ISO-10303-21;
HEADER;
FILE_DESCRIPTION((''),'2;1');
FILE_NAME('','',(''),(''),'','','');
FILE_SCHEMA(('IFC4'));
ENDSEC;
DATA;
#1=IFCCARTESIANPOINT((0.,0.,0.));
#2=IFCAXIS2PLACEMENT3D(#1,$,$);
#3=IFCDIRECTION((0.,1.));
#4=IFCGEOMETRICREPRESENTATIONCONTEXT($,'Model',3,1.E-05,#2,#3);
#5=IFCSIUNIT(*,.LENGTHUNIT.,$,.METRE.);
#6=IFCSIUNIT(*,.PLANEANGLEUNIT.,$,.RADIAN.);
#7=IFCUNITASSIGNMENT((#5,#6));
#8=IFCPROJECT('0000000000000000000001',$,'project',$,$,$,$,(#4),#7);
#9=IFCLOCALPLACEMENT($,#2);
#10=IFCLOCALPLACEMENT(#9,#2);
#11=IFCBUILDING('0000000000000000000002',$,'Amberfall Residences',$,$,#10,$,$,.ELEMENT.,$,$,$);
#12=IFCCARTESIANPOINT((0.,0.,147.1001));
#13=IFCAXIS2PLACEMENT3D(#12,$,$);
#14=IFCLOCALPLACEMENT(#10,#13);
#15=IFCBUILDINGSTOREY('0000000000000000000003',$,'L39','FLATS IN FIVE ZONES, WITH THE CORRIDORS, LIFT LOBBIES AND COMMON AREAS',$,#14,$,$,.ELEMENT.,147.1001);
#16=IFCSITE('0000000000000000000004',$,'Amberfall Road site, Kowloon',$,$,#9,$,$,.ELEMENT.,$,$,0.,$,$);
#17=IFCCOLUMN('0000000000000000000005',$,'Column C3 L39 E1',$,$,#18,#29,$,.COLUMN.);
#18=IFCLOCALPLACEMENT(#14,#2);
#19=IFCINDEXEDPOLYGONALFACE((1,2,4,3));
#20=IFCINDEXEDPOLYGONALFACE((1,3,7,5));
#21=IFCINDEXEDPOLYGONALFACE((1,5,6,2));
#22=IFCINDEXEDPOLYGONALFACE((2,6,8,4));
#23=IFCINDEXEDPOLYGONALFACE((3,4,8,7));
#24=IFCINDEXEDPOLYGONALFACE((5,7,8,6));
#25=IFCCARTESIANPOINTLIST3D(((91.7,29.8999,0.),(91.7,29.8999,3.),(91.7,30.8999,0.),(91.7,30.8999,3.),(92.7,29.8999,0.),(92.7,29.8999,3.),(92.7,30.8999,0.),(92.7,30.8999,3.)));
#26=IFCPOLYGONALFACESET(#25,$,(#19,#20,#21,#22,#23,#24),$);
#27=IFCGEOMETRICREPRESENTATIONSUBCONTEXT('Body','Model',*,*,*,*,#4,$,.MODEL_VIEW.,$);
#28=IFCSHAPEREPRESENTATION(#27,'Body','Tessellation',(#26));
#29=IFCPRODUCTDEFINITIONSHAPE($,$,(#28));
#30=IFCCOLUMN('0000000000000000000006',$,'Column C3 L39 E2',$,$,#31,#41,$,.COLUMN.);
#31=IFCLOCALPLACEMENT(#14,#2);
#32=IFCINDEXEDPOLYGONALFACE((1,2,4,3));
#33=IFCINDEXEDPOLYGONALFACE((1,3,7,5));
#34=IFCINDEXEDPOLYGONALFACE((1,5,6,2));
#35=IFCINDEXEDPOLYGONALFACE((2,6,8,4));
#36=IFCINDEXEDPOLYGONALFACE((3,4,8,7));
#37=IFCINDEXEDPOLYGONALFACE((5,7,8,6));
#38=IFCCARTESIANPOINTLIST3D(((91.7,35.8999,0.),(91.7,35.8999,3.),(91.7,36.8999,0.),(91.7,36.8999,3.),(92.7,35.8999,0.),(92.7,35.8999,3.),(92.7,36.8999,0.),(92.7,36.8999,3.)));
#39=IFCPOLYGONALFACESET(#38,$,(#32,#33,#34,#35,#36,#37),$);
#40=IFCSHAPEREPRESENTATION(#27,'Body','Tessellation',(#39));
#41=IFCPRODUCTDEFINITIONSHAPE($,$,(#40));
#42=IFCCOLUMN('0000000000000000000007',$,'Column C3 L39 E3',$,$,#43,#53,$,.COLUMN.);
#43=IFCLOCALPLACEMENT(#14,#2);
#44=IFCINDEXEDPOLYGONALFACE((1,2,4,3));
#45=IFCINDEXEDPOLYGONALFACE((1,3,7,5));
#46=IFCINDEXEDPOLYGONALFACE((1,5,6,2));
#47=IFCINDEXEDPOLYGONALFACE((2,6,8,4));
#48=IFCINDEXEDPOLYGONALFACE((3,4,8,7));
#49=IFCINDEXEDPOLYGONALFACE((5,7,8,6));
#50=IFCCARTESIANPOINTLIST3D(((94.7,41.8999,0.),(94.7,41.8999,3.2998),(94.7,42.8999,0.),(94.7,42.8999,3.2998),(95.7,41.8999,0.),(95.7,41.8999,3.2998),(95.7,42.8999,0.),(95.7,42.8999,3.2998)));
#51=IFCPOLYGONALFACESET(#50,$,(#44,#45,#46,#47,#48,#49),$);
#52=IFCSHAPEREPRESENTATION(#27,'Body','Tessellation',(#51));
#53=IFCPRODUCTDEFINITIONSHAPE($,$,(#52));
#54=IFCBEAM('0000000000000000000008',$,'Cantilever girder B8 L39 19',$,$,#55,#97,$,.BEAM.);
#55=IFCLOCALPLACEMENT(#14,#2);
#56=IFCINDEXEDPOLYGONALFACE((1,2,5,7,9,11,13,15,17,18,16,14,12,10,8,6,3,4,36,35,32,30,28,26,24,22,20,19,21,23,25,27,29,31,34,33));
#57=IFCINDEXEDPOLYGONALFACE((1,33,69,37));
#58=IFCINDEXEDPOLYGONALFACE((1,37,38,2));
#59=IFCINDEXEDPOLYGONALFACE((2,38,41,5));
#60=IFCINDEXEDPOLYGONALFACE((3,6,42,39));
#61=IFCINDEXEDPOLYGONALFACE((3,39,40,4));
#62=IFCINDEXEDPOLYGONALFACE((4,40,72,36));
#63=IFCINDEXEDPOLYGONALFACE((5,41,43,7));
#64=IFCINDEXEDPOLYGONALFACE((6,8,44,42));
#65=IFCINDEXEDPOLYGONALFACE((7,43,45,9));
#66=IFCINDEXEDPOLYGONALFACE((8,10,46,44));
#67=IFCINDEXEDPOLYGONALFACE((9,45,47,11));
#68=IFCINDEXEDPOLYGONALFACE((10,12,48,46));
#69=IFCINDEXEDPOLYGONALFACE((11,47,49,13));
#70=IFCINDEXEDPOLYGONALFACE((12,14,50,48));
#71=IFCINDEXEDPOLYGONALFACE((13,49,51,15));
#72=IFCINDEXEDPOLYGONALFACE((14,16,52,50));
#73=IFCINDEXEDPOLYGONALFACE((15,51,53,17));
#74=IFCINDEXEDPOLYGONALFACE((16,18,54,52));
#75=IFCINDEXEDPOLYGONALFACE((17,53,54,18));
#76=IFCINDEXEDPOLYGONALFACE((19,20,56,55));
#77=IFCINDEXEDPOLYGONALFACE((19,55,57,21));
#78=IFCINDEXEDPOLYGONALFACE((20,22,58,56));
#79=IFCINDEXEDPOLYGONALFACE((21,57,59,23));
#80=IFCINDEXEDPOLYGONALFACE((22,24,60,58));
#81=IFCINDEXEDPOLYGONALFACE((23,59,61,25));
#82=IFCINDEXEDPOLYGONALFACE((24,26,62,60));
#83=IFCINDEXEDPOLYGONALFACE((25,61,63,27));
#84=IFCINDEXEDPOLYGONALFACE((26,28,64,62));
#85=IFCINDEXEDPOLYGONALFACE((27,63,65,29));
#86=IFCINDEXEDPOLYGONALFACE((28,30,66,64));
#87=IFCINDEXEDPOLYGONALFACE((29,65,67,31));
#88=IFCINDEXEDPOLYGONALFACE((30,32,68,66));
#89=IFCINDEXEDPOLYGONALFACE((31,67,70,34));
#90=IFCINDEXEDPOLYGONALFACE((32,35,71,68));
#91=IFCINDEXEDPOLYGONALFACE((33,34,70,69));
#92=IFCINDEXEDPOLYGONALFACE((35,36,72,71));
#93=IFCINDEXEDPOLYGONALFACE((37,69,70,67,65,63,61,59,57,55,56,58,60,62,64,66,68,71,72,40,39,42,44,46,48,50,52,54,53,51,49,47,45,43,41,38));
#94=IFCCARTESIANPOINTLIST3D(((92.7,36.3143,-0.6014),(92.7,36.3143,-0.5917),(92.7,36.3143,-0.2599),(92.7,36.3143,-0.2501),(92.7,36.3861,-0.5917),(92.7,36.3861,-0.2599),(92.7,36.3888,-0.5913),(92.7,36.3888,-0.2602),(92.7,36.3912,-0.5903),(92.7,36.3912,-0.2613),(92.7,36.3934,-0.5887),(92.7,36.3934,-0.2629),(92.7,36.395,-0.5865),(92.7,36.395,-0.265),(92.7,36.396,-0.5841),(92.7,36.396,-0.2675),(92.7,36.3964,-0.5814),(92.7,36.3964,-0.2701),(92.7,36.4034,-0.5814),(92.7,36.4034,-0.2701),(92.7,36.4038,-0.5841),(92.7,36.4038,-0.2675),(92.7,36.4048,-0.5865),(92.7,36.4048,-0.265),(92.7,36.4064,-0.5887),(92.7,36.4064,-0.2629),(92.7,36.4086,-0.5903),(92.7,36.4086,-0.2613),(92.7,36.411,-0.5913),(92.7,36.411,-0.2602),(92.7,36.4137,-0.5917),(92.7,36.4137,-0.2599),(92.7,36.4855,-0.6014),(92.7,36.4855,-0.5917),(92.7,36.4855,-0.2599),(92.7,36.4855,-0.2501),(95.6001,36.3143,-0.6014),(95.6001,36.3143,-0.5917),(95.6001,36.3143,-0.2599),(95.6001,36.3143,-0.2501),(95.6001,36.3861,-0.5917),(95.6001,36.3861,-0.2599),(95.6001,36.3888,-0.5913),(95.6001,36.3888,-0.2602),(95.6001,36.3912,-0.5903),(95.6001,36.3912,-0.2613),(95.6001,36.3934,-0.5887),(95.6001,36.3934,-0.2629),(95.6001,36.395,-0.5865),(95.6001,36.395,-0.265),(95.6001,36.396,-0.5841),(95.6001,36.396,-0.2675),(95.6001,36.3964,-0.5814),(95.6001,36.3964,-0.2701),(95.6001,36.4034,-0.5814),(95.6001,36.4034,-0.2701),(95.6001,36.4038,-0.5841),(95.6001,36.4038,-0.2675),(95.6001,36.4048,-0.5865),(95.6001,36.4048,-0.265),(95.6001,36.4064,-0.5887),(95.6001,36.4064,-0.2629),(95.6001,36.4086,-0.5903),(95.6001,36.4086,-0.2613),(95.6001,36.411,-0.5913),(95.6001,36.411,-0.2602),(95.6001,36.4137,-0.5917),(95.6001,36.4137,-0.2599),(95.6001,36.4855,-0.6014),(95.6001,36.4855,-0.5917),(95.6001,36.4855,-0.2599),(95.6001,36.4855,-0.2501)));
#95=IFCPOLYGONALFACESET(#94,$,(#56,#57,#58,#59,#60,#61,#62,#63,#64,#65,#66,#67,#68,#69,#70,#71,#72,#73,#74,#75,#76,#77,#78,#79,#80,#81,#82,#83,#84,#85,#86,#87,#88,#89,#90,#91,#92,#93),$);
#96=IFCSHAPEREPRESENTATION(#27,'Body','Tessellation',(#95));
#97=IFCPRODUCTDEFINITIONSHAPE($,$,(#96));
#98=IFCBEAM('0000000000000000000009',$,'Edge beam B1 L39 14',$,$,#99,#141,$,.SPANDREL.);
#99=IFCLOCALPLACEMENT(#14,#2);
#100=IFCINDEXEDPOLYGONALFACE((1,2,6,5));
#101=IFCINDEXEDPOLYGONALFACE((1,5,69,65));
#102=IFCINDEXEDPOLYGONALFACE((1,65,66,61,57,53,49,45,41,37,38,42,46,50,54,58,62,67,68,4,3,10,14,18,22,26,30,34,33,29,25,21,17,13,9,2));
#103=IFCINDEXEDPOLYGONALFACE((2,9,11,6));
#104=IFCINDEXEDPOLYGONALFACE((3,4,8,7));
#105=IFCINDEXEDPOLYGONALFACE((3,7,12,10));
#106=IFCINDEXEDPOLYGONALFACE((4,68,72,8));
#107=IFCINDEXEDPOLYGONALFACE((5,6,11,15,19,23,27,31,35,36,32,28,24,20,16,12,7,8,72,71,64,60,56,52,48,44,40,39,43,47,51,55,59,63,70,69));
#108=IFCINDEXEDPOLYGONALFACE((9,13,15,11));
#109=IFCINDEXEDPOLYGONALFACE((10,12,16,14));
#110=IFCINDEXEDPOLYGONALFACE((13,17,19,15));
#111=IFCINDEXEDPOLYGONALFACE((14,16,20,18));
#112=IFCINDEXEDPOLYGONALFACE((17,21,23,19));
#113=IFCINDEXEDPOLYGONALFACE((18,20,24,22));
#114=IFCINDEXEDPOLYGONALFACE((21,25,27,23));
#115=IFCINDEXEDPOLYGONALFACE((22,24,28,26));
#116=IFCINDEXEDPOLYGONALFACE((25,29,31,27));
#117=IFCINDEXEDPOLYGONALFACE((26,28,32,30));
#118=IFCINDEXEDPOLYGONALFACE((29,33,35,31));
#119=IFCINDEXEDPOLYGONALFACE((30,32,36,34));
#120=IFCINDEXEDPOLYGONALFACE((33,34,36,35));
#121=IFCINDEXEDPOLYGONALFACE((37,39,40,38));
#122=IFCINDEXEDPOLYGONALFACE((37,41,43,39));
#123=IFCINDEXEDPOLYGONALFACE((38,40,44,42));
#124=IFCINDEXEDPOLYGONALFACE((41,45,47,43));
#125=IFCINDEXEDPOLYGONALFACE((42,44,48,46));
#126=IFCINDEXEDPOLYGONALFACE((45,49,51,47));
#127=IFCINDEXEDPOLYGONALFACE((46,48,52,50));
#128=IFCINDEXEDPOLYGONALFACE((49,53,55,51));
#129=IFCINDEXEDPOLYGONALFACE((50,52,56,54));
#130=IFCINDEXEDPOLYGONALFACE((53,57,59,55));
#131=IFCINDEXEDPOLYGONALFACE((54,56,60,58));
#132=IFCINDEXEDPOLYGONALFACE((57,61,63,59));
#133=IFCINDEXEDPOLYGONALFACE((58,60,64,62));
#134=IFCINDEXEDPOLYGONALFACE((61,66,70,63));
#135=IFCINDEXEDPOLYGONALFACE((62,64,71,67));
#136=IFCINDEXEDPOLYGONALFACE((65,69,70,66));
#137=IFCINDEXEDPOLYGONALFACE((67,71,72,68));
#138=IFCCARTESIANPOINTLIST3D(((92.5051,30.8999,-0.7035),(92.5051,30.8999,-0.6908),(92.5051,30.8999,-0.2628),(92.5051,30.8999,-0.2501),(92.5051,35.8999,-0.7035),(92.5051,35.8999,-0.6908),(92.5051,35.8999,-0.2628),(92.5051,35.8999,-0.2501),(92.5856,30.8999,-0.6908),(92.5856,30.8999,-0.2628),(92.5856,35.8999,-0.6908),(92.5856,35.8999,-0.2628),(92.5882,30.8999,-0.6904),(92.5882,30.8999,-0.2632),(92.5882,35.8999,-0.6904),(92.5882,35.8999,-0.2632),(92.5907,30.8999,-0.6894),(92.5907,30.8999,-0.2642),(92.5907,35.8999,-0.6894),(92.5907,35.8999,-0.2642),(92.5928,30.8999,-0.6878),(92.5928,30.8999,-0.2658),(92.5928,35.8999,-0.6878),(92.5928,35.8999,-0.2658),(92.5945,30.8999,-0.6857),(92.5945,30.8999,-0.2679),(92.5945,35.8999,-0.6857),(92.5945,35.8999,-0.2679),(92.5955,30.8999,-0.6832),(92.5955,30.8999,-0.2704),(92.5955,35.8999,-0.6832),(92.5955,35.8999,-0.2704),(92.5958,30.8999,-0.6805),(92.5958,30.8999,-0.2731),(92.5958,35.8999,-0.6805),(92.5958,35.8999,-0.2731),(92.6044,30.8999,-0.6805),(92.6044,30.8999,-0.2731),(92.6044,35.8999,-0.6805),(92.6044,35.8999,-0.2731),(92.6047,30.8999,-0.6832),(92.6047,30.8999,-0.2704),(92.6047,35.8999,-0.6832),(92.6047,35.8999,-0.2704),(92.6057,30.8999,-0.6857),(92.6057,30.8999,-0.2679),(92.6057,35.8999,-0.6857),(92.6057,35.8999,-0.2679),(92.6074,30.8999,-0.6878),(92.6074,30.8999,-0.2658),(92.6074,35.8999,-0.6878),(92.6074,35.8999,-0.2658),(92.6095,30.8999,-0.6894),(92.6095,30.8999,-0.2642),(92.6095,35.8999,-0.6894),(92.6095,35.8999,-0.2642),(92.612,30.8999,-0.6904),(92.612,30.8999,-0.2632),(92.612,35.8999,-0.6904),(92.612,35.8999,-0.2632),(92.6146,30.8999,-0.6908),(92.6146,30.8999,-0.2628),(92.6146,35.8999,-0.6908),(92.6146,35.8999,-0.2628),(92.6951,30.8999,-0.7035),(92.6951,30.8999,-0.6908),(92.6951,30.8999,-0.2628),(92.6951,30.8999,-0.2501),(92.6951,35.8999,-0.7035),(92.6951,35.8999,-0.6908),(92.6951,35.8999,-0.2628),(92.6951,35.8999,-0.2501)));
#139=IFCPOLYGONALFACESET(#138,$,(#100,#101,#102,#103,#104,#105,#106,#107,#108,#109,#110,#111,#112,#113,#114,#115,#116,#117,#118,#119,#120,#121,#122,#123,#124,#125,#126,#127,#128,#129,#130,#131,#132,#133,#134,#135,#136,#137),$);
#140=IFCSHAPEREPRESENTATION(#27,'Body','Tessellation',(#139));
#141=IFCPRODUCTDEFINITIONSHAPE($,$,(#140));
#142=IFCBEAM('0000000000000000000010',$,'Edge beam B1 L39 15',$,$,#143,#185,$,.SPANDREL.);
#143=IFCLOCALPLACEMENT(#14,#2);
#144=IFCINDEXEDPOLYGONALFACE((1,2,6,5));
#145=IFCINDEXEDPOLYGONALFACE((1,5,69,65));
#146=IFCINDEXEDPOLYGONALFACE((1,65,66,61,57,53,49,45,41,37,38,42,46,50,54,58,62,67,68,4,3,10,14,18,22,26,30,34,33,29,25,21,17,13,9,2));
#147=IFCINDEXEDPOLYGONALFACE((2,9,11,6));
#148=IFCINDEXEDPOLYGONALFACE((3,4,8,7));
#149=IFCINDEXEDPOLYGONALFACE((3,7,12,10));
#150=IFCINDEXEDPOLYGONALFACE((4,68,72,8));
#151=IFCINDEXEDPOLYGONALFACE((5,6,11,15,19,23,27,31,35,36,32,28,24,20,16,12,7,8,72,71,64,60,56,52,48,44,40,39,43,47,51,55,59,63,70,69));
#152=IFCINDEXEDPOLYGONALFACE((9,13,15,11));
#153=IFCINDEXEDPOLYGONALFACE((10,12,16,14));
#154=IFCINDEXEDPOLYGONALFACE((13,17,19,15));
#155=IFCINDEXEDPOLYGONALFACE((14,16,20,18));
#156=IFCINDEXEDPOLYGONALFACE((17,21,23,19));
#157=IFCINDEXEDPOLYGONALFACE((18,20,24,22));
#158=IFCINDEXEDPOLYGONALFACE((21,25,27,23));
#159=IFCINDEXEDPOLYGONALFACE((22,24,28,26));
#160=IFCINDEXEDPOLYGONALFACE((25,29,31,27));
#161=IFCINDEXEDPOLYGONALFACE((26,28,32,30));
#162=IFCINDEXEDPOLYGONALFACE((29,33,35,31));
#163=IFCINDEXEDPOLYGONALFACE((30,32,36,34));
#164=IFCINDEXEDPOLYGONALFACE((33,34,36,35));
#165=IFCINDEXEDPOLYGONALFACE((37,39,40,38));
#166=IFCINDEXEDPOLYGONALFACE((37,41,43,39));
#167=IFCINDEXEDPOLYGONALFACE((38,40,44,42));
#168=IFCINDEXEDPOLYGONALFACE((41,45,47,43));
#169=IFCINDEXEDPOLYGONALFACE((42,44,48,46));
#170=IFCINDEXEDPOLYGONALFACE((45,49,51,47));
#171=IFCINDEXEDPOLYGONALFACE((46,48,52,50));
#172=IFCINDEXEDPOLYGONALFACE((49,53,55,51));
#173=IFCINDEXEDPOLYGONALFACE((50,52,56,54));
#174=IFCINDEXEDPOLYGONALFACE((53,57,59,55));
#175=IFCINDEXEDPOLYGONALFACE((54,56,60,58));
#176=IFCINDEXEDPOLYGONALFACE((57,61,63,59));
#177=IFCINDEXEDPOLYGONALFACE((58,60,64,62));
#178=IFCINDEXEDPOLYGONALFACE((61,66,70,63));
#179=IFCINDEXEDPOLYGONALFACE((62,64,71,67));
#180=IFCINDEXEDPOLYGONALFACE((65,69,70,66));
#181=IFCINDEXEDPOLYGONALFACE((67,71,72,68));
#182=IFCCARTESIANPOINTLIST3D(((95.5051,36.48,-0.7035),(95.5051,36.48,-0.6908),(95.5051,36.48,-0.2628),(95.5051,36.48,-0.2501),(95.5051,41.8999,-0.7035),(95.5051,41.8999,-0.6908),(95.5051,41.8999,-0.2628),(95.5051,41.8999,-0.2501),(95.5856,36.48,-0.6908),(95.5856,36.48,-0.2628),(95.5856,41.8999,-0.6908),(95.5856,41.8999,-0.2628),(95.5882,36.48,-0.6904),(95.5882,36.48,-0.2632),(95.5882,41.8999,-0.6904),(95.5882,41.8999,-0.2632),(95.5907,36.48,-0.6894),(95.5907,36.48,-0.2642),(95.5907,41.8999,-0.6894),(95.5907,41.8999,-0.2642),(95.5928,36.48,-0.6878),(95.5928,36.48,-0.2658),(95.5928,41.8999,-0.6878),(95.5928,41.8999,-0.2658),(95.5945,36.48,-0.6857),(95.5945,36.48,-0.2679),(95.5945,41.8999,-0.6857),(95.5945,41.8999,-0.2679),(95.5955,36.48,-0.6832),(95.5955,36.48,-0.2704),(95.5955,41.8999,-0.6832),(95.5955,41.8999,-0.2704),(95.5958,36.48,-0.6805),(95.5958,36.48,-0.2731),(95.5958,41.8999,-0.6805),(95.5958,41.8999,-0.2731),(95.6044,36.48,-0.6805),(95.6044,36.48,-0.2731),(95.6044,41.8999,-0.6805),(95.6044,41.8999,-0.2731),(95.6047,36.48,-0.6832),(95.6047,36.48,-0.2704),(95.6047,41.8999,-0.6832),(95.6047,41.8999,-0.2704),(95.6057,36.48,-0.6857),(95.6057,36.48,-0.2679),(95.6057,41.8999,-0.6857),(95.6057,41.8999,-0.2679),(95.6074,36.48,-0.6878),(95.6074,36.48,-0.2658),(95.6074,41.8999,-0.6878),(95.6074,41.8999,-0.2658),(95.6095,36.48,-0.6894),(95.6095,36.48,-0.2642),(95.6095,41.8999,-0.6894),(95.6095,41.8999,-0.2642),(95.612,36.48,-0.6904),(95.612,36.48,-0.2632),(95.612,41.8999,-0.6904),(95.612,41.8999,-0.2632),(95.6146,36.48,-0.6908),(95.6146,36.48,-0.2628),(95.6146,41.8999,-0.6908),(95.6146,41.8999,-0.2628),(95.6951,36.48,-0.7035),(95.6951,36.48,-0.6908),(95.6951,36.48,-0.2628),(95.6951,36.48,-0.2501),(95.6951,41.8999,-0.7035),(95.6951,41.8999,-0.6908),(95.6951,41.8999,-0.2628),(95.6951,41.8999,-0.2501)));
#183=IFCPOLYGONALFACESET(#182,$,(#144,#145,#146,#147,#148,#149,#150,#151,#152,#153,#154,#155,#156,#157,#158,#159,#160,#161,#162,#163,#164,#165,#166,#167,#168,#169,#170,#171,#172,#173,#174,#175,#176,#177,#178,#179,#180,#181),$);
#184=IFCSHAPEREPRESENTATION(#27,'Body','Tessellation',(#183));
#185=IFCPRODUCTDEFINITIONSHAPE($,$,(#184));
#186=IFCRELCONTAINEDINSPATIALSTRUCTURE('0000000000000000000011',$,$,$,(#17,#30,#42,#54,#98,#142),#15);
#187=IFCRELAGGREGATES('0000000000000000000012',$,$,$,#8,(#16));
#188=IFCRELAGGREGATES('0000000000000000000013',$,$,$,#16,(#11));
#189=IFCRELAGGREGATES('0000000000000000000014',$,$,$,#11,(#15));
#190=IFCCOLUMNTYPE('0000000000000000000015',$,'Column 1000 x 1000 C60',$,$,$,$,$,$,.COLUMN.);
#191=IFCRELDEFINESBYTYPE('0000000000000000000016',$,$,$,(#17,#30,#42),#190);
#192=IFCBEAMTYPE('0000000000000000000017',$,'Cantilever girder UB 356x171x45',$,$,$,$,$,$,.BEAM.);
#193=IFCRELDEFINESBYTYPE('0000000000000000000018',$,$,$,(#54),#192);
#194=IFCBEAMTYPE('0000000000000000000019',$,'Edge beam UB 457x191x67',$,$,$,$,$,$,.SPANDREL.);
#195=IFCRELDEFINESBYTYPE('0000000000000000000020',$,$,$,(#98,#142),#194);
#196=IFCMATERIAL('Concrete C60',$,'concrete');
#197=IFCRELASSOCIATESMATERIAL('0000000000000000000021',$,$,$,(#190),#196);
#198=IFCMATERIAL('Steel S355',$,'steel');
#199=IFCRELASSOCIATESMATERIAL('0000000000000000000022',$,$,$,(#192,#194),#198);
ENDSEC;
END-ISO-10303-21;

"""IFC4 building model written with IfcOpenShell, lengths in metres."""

from ifc_helpers import new_model, si_unit, direction, frame, origin, origin_2d, place, context, subcontext, project, spatial, rectangle, i_section, extrude, material, material_profile, profile_set, type_object, element, save


model = new_model("IFC4")

# Units and contexts
model_context = context("Model", 3, precision=1e-05, world=origin(), true_north=direction((0.0, 1.0)))
body_context = subcontext(model_context, "Body", "Model", "MODEL_VIEW")
ifc_project = project(units=[si_unit("LENGTHUNIT", "METRE"), si_unit("PLANEANGLEUNIT", "RADIAN")], contexts=[model_context])

# Site, building, storey
site_placement = place(None, origin())
site = spatial("IfcSite", under=ifc_project, at=site_placement, Name="Amberfall Road site, Kowloon", CompositionType="ELEMENT", RefElevation=0.0)
building_placement = place(site_placement, origin())
building = spatial("IfcBuilding", under=site, at=building_placement, Name="Amberfall Residences", CompositionType="ELEMENT")
storey_placement = place(building_placement, frame((0.0, 0.0, 147.1001)))
storey = spatial("IfcBuildingStorey", under=building, at=storey_placement, Name="L39", Description="FLATS IN FIVE ZONES, WITH THE CORRIDORS, LIFT LOBBIES AND COMMON AREAS", CompositionType="ELEMENT", Elevation=147.1001)

# Columns
ifc_material_1 = material(Name="Concrete C60", Category="concrete")
ifc_material_profile_1 = material_profile(ifc_material_1, rectangle(XDim=1.0, YDim=1.0, at=origin_2d()), Name="Column 1000 x 1000 C60")
ifc_profile_set_1 = profile_set([ifc_material_profile_1], Name="Concrete C60")
column_type = type_object("IfcColumnType", Name="Column 1000 x 1000 C60", PredefinedType="COLUMN", material=ifc_profile_set_1)
for number, where, z_axis, x_axis, name in (
    (1, (92.2, 30.3999, 0.0), (0.0, 0.0, 1.0), (1.0, 0.0, 0.0), "Column C3 L39 E1"),
    (2, (92.2, 36.3999, 0.0), (0.0, 0.0, 1.0), (1.0, 0.0, 0.0), "Column C3 L39 E2"),
):
    element("IfcColumn", number, at=place(storey_placement, frame(where, z_axis=z_axis, x_axis=x_axis)), inside=storey, type_object=column_type, Name=name, PredefinedType="COLUMN", context=body_context, shape_type="SweptSolid", body=[
        extrude(rectangle(XDim=1.0, YDim=1.0, at=origin_2d()), origin(), (0.0, 0.0, 1.0), 3.0),
    ])
column_placement = place(storey_placement, frame((95.2, 42.3999, 0.0), z_axis=(0.0, 0.0, 1.0), x_axis=(1.0, 0.0, 0.0)))
element("IfcColumn", 3, at=column_placement, inside=storey, type_object=column_type, Name="Column C3 L39 E3", PredefinedType="COLUMN", context=body_context, shape_type="SweptSolid", body=[
    extrude(rectangle(XDim=1.0, YDim=1.0, at=origin_2d()), origin(), (0.0, 0.0, 1.0), 3.2998),
])

# Beams
ifc_material_2 = material(Name="Steel S355", Category="steel")
ifc_material_profile_2 = material_profile(ifc_material_2, i_section(OverallWidth=0.1711, OverallDepth=0.3513, WebThickness=0.0071, FlangeThickness=0.0098, FilletRadius=0.0103, at=origin_2d()), Name="UB 356x171x45")
ifc_profile_set_2 = profile_set([ifc_material_profile_2], Name="Steel S355")
beam_type_1 = type_object("IfcBeamType", Name="Cantilever girder UB 356x171x45", PredefinedType="BEAM", material=ifc_profile_set_2)
beam_1_placement = place(storey_placement, frame((92.7, 36.3999, -0.4258), z_axis=(1.0, 0.0, 0.0), x_axis=(0.0, 1.0, 0.0)))
element("IfcBeam", 4, at=beam_1_placement, inside=storey, type_object=beam_type_1, Name="Cantilever girder B8 L39 19", PredefinedType="BEAM", context=body_context, shape_type="SweptSolid", body=[
    extrude(i_section(OverallWidth=0.1711, OverallDepth=0.3513, WebThickness=0.0071, FlangeThickness=0.0098, FilletRadius=0.0103, at=origin_2d()), origin(), (0.0, 0.0, 1.0), 2.9001),
])
ifc_material_profile_3 = material_profile(ifc_material_2, i_section(OverallWidth=0.1899, OverallDepth=0.4534, WebThickness=0.0085, FlangeThickness=0.0127, FilletRadius=0.0103, at=origin_2d()), Name="UB 457x191x67")
ifc_profile_set_3 = profile_set([ifc_material_profile_3], Name="Steel S355")
beam_type_2 = type_object("IfcBeamType", Name="Edge beam UB 457x191x67", PredefinedType="SPANDREL", material=ifc_profile_set_3)
beam_2_placement = place(storey_placement, frame((92.6001, 30.8999, -0.4768), z_axis=(0.0, 1.0, 0.0), x_axis=(-1.0, 0.0, 0.0)))
element("IfcBeam", 5, at=beam_2_placement, inside=storey, type_object=beam_type_2, Name="Edge beam B1 L39 14", PredefinedType="SPANDREL", context=body_context, shape_type="SweptSolid", body=[
    extrude(i_section(OverallWidth=0.1899, OverallDepth=0.4534, WebThickness=0.0085, FlangeThickness=0.0127, FilletRadius=0.0103, at=origin_2d()), origin(), (0.0, 0.0, 1.0), 5.0),
])
beam_3_placement = place(storey_placement, frame((95.6001, 36.48, -0.4768), z_axis=(0.0, 1.0, 0.0), x_axis=(-1.0, 0.0, 0.0)))
element("IfcBeam", 6, at=beam_3_placement, inside=storey, type_object=beam_type_2, Name="Edge beam B1 L39 15", PredefinedType="SPANDREL", context=body_context, shape_type="SweptSolid", body=[
    extrude(i_section(OverallWidth=0.1899, OverallDepth=0.4534, WebThickness=0.0085, FlangeThickness=0.0127, FilletRadius=0.0103, at=origin_2d()), origin(), (0.0, 0.0, 1.0), 5.4199),
])

save(model, "model.ifc")
